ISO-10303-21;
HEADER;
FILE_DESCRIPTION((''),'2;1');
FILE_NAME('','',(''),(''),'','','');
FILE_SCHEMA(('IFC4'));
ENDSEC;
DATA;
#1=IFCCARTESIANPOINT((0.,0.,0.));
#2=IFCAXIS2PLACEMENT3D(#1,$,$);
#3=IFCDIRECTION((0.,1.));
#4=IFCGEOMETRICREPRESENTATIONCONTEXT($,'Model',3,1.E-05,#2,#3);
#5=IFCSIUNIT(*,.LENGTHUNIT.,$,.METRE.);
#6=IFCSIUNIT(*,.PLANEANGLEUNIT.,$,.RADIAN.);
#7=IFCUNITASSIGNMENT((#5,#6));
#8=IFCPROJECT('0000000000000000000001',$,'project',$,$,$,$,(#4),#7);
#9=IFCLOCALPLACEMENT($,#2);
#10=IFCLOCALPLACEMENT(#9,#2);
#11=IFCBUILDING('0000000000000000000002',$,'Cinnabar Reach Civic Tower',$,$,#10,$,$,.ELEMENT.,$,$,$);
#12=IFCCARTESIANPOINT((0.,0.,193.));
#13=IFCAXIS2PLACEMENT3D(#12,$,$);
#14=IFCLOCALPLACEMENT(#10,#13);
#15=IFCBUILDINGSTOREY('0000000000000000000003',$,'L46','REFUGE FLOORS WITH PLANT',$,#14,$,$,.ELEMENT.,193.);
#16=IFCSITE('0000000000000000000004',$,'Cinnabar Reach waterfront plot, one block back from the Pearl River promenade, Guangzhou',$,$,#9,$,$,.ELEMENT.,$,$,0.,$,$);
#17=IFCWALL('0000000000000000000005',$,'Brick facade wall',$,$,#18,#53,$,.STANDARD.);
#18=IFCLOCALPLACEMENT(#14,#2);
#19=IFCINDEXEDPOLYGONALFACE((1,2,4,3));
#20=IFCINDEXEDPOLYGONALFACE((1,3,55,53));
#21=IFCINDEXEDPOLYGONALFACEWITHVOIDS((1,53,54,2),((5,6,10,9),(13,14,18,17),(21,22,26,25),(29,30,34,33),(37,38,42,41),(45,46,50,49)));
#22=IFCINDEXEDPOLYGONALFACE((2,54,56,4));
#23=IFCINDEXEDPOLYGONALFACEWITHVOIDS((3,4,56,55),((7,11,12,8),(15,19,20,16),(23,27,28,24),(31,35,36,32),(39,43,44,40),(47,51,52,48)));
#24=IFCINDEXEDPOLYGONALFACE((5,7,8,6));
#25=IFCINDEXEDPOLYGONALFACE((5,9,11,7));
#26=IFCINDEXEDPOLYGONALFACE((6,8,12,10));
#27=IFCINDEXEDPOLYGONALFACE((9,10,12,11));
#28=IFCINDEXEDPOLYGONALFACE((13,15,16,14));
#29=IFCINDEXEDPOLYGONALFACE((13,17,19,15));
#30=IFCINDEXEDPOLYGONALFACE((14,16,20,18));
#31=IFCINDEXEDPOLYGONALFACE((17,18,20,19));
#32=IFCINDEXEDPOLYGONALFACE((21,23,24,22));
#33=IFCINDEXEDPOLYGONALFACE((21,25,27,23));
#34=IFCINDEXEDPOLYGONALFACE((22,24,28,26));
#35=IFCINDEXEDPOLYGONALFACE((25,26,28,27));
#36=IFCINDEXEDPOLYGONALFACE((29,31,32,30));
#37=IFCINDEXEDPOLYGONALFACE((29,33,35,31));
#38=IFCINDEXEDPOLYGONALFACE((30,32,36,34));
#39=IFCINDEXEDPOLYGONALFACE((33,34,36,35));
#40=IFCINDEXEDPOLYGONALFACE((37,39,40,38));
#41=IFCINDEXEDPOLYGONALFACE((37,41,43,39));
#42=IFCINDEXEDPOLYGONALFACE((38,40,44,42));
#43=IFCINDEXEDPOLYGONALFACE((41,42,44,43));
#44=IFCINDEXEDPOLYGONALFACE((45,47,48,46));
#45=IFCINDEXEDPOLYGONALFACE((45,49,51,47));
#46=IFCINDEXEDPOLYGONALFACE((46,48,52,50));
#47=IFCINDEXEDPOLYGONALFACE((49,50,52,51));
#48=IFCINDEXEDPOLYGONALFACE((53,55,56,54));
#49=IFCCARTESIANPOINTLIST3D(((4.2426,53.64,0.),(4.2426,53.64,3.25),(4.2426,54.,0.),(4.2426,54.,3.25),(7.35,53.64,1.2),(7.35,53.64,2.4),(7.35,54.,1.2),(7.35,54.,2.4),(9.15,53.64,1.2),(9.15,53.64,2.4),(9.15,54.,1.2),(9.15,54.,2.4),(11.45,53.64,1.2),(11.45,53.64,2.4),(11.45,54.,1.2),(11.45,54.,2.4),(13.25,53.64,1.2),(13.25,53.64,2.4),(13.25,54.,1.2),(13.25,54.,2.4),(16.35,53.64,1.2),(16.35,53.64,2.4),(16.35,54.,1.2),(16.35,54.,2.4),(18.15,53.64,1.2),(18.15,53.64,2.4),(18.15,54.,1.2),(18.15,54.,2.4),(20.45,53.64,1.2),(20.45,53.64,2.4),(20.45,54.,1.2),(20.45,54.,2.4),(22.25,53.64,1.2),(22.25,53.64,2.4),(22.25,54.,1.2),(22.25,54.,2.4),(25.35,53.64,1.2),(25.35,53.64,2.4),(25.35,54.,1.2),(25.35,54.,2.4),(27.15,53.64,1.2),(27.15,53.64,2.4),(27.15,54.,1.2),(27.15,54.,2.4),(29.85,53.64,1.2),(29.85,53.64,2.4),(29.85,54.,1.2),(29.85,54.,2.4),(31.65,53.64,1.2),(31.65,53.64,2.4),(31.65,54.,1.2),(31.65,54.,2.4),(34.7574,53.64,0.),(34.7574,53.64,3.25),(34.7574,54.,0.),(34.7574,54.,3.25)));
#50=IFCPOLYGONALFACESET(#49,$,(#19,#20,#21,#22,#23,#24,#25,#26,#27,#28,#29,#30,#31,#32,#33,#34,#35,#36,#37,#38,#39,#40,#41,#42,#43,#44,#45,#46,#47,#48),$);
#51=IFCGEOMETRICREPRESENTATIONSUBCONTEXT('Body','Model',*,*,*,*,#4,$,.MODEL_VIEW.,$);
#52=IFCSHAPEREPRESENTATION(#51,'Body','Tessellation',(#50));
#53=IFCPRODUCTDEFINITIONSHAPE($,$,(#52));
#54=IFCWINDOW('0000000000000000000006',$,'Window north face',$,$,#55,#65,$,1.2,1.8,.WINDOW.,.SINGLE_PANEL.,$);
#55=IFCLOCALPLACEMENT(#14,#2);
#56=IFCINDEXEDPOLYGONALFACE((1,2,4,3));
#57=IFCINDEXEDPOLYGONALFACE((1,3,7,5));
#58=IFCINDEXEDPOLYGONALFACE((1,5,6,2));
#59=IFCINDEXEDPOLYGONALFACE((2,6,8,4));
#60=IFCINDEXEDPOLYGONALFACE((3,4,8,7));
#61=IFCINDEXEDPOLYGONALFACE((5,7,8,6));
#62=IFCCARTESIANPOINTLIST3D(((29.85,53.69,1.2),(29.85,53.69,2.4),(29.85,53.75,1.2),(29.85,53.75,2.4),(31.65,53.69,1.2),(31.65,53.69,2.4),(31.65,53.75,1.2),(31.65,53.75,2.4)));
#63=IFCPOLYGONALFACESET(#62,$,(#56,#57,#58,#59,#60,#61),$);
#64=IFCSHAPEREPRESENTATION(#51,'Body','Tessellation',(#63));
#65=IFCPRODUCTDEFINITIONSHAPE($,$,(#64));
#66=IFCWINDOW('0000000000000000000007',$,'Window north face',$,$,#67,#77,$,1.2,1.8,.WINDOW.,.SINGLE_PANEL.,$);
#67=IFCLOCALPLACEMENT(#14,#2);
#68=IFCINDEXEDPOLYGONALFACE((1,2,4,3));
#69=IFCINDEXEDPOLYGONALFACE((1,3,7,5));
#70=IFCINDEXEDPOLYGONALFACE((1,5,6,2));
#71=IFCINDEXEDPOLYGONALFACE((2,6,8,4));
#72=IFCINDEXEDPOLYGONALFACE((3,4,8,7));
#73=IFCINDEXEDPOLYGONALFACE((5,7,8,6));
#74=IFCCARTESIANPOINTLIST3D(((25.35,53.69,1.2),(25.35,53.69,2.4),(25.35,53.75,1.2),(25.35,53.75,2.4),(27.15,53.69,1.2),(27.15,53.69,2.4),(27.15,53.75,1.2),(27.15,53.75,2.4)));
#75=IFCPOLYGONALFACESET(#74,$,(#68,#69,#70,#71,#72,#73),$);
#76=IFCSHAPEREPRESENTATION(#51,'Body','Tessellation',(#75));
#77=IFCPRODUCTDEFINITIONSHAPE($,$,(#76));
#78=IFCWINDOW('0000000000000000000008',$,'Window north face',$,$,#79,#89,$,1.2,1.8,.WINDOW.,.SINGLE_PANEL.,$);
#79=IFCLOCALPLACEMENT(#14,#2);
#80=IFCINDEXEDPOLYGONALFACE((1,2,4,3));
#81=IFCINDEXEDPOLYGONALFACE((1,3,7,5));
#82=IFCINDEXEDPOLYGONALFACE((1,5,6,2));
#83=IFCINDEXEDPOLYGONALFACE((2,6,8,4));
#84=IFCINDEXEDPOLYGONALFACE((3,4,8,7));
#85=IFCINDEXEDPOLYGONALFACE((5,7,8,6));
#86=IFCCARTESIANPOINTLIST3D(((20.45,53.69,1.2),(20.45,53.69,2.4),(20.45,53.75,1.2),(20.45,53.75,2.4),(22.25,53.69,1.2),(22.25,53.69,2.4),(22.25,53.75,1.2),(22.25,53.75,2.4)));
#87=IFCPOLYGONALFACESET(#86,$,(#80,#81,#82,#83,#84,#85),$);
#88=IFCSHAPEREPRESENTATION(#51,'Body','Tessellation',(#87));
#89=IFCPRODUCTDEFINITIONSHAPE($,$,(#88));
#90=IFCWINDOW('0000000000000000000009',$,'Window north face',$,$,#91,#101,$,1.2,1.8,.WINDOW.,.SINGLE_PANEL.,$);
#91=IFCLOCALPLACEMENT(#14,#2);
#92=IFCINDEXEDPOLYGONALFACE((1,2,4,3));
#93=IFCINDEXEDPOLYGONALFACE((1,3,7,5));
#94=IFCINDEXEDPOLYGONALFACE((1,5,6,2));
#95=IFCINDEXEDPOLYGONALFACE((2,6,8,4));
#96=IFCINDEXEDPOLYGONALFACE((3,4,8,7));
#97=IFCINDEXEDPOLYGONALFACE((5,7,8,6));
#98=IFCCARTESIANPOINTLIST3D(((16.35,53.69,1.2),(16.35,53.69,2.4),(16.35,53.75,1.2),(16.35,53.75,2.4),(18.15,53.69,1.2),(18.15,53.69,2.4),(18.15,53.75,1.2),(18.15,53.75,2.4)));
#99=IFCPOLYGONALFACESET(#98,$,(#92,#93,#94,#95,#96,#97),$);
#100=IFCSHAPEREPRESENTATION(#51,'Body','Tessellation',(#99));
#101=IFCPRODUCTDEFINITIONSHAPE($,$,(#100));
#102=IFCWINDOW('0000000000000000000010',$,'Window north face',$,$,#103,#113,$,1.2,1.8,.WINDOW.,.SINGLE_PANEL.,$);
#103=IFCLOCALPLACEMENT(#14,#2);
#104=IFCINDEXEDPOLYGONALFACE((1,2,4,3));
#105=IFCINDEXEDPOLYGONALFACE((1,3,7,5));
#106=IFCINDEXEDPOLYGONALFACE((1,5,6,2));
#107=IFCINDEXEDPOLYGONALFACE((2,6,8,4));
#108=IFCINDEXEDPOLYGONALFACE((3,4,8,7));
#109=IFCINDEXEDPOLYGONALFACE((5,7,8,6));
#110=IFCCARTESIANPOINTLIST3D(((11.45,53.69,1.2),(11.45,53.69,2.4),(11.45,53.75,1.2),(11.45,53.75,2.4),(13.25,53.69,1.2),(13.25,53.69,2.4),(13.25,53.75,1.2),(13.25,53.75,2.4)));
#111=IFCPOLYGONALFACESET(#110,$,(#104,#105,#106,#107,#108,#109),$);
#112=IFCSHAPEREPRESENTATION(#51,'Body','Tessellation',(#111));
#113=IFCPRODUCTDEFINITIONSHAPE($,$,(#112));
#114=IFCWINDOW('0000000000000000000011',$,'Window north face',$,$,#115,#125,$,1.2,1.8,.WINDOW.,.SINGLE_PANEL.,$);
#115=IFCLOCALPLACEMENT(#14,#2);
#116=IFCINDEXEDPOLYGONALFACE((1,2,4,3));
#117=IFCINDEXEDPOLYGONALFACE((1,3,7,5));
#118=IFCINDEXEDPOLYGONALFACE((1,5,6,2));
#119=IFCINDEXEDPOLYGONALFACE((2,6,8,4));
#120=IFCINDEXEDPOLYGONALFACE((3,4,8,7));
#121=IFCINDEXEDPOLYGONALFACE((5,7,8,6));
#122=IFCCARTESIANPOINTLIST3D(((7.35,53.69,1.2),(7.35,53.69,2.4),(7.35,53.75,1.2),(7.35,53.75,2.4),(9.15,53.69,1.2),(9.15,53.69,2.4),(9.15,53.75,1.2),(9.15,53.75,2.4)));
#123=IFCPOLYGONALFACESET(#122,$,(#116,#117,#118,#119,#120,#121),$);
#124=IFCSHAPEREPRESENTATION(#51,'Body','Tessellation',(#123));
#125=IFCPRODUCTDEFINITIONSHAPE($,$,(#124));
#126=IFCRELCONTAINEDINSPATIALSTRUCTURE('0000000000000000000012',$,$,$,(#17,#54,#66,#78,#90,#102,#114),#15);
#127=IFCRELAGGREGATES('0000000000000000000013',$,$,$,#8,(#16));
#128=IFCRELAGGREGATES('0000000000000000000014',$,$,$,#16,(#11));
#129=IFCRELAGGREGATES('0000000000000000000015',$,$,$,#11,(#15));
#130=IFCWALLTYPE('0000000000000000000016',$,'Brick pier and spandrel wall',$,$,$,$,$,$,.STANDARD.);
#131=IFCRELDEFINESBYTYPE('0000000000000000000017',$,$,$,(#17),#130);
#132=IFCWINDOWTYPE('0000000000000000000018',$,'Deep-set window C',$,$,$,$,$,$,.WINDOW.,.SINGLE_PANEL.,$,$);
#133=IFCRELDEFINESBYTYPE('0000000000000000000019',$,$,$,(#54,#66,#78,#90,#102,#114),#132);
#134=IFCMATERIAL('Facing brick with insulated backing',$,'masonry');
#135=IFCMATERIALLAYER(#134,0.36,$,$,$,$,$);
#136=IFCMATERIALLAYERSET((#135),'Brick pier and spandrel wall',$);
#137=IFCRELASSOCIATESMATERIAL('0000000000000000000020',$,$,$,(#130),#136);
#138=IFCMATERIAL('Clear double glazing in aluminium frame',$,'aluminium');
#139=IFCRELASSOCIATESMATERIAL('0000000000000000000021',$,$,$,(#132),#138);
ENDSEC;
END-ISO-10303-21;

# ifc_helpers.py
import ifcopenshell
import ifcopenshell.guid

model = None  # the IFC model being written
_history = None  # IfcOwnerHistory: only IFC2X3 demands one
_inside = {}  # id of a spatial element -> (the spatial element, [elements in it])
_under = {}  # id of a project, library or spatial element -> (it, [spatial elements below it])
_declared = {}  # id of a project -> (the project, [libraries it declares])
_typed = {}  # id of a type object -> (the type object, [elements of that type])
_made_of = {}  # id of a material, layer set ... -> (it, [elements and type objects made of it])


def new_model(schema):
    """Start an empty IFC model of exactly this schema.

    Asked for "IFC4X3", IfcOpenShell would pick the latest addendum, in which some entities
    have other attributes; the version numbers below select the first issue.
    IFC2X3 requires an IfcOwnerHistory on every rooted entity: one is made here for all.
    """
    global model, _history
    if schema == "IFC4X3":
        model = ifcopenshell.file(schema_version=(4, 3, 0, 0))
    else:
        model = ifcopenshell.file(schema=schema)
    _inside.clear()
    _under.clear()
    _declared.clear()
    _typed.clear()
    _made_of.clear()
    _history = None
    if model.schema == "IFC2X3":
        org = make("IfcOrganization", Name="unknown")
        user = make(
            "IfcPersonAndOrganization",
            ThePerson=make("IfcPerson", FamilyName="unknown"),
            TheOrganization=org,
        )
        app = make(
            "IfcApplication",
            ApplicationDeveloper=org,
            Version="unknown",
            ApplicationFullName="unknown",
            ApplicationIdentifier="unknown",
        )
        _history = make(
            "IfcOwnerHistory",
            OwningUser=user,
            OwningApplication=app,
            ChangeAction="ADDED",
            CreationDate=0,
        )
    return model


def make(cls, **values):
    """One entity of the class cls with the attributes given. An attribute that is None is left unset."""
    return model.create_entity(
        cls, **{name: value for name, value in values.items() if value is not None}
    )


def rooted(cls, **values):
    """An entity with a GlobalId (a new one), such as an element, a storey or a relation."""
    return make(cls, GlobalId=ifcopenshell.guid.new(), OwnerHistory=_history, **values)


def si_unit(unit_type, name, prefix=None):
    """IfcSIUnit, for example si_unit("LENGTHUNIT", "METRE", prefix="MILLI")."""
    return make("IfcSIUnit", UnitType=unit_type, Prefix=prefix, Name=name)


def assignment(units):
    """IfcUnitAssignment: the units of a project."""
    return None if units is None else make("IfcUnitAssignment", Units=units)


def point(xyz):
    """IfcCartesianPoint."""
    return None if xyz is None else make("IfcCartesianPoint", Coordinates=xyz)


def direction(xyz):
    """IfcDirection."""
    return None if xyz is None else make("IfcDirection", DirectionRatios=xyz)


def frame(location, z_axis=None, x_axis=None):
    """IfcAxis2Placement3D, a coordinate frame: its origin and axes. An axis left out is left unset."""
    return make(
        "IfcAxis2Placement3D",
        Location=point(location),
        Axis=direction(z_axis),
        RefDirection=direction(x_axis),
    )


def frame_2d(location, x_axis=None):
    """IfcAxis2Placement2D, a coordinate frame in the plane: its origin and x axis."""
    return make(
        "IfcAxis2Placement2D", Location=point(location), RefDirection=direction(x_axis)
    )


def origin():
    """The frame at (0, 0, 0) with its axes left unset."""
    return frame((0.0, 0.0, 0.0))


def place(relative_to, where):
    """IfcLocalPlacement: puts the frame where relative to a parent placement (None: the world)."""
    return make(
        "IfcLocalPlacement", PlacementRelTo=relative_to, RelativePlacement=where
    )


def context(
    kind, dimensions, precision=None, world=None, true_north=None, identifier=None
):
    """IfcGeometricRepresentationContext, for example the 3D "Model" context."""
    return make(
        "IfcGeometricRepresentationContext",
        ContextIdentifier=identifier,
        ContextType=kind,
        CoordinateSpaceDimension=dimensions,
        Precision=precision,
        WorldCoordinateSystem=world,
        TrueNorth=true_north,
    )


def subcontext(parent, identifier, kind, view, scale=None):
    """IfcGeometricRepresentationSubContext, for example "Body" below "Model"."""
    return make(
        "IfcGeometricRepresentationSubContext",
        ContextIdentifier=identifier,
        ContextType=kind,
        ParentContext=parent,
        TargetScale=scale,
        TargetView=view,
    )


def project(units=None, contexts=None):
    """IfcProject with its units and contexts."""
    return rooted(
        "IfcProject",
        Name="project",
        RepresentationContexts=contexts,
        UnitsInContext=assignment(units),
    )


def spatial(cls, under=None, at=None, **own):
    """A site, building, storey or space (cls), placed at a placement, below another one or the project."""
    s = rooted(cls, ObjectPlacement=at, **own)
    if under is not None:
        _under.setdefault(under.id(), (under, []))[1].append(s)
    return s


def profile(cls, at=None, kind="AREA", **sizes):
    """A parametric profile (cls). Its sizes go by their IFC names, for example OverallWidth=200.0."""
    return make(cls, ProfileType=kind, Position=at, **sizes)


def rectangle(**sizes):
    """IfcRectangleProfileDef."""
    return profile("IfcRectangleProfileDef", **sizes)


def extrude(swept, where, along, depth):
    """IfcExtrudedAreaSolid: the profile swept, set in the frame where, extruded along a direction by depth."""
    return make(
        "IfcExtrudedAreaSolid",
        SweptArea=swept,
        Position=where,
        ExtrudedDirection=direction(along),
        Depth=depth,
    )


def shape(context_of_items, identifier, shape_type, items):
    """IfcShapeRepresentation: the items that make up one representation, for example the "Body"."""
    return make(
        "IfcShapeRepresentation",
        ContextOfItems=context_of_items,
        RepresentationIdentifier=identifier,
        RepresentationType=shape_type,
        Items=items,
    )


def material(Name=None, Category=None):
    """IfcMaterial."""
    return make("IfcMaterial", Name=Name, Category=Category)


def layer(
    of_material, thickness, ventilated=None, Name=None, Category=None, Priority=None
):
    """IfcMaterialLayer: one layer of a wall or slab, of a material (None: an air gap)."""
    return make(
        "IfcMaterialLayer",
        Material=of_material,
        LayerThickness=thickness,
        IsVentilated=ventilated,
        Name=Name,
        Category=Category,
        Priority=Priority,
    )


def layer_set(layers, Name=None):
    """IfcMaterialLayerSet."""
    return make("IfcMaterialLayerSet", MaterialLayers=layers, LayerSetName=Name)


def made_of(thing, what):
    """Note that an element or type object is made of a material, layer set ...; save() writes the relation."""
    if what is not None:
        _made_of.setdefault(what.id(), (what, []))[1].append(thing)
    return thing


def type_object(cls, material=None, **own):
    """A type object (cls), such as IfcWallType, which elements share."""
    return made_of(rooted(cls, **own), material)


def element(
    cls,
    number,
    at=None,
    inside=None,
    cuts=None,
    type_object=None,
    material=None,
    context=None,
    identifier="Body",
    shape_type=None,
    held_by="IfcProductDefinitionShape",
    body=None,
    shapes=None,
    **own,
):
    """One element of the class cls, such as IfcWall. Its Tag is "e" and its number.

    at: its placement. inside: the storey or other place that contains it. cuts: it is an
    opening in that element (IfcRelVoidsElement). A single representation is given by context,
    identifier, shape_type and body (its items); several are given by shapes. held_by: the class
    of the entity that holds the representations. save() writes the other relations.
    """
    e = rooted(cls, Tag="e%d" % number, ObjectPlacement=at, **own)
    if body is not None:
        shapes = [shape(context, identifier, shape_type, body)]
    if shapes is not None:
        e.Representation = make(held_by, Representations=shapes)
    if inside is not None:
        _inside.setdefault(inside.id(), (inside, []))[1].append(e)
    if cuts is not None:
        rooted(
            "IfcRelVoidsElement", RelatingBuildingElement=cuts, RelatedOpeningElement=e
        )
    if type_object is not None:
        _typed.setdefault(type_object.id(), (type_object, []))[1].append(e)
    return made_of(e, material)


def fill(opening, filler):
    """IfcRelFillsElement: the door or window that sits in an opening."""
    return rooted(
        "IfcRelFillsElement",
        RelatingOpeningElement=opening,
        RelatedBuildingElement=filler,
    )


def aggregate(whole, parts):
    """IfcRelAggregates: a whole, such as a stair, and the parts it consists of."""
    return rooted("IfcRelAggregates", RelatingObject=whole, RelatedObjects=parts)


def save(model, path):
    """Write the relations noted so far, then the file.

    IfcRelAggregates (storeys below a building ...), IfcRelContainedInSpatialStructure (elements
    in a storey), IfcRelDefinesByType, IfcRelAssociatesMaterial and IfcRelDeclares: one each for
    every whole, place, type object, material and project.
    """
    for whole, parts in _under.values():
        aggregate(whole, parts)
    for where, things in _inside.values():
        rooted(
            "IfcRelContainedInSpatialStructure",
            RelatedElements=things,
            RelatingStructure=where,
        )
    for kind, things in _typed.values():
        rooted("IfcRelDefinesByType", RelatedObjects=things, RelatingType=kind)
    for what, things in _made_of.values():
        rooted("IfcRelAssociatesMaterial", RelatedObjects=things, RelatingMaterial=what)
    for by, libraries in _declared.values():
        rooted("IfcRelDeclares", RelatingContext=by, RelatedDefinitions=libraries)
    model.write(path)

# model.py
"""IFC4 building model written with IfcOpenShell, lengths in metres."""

from ifc_helpers import new_model, si_unit, direction, frame, frame_2d, origin, place, context, subcontext, project, spatial, rectangle, extrude, material, layer, layer_set, type_object, element, fill, save


model = new_model("IFC4")

# Units and contexts
model_context = context("Model", 3, precision=1e-05, world=origin(), true_north=direction((0.0, 1.0)))
body_context = subcontext(model_context, "Body", "Model", "MODEL_VIEW")
ifc_project = project(units=[si_unit("LENGTHUNIT", "METRE"), si_unit("PLANEANGLEUNIT", "RADIAN")], contexts=[model_context])

# Site, building, storey
site_placement = place(None, origin())
site = spatial("IfcSite", under=ifc_project, at=site_placement, Name="Cinnabar Reach waterfront plot, one block back from the Pearl River promenade, Guangzhou", CompositionType="ELEMENT", RefElevation=0.0)
building_placement = place(site_placement, origin())
building = spatial("IfcBuilding", under=site, at=building_placement, Name="Cinnabar Reach Civic Tower", CompositionType="ELEMENT")
storey_placement = place(building_placement, frame((0.0, 0.0, 193.0)))
storey = spatial("IfcBuildingStorey", under=building, at=storey_placement, Name="L46", Description="REFUGE FLOORS WITH PLANT", CompositionType="ELEMENT", Elevation=193.0)

# Shared definitions
ifc_material_1 = material(Name="Facing brick with insulated backing", Category="masonry")

# Shared definitions
ifc_layer_1 = layer(ifc_material_1, 0.36)
ifc_layer_set_1 = layer_set([ifc_layer_1], Name="Brick pier and spandrel wall")
wall_type_1 = type_object("IfcWallType", Name="Brick pier and spandrel wall", PredefinedType="STANDARD", material=ifc_layer_set_1)
ifc_material_2 = material(Name="Clear double glazing in aluminium frame", Category="aluminium")
window_type = type_object("IfcWindowType", Name="Deep-set window C", PartitioningType="SINGLE_PANEL", PredefinedType="WINDOW", material=ifc_material_2)

# Wall, openings, windows
wall_1_placement = place(storey_placement, frame((34.7574, 53.82, 0.0), z_axis=(0.0, 0.0, 1.0), x_axis=(-1.0, 0.0, 0.0)))
wall_1 = element("IfcWall", 1, at=wall_1_placement, inside=storey, type_object=wall_type_1, Name="Brick facade wall", PredefinedType="STANDARD", context=body_context, shape_type="SweptSolid", body=[
    extrude(rectangle(XDim=30.5148, YDim=0.36, at=frame_2d((15.2574, 0.0))), origin(), (0.0, 0.0, 1.0), 3.25),
])
opening_1_placement = place(wall_1_placement, frame((3.1074, 0.0, 1.2)))
opening_1 = element("IfcOpeningElement", 2, at=opening_1_placement, cuts=wall_1, PredefinedType="OPENING", context=body_context, shape_type="SweptSolid", body=[
    extrude(rectangle(XDim=1.8, YDim=1.2, at=frame_2d((0.9, 0.6))), frame((0.0, 0.19, 0.0), z_axis=(0.0, -1.0, 0.0), x_axis=(1.0, 0.0, 0.0)), (0.0, 0.0, 1.0), 0.38),
])
opening_2_placement = place(wall_1_placement, frame((7.6074, 0.0, 1.2)))
opening_2 = element("IfcOpeningElement", 3, at=opening_2_placement, cuts=wall_1, PredefinedType="OPENING", context=body_context, shape_type="SweptSolid", body=[
    extrude(rectangle(XDim=1.8, YDim=1.2, at=frame_2d((0.9, 0.6))), frame((0.0, 0.19, 0.0), z_axis=(0.0, -1.0, 0.0), x_axis=(1.0, 0.0, 0.0)), (0.0, 0.0, 1.0), 0.38),
])
opening_3_placement = place(wall_1_placement, frame((12.5074, 0.0, 1.2)))
opening_3 = element("IfcOpeningElement", 4, at=opening_3_placement, cuts=wall_1, PredefinedType="OPENING", context=body_context, shape_type="SweptSolid", body=[
    extrude(rectangle(XDim=1.8, YDim=1.2, at=frame_2d((0.9, 0.6))), frame((0.0, 0.19, 0.0), z_axis=(0.0, -1.0, 0.0), x_axis=(1.0, 0.0, 0.0)), (0.0, 0.0, 1.0), 0.38),
])
opening_4_placement = place(wall_1_placement, frame((16.6074, 0.0, 1.2)))
opening_4 = element("IfcOpeningElement", 5, at=opening_4_placement, cuts=wall_1, PredefinedType="OPENING", context=body_context, shape_type="SweptSolid", body=[
    extrude(rectangle(XDim=1.8, YDim=1.2, at=frame_2d((0.9, 0.6))), frame((0.0, 0.19, 0.0), z_axis=(0.0, -1.0, 0.0), x_axis=(1.0, 0.0, 0.0)), (0.0, 0.0, 1.0), 0.38),
])
opening_5_placement = place(wall_1_placement, frame((21.5074, 0.0, 1.2)))
opening_5 = element("IfcOpeningElement", 6, at=opening_5_placement, cuts=wall_1, PredefinedType="OPENING", context=body_context, shape_type="SweptSolid", body=[
    extrude(rectangle(XDim=1.8, YDim=1.2, at=frame_2d((0.9, 0.6))), frame((0.0, 0.19, 0.0), z_axis=(0.0, -1.0, 0.0), x_axis=(1.0, 0.0, 0.0)), (0.0, 0.0, 1.0), 0.38),
])
opening_6_placement = place(wall_1_placement, frame((25.6074, 0.0, 1.2)))
opening_6 = element("IfcOpeningElement", 7, at=opening_6_placement, cuts=wall_1, PredefinedType="OPENING", context=body_context, shape_type="SweptSolid", body=[
    extrude(rectangle(XDim=1.8, YDim=1.2, at=frame_2d((0.9, 0.6))), frame((0.0, 0.19, 0.0), z_axis=(0.0, -1.0, 0.0), x_axis=(1.0, 0.0, 0.0)), (0.0, 0.0, 1.0), 0.38),
])
window_1_placement = place(opening_1_placement, origin())
window_1 = element("IfcWindow", 8, at=window_1_placement, inside=storey, type_object=window_type, Name="Window north face", OverallHeight=1.2, OverallWidth=1.8, PartitioningType="SINGLE_PANEL", PredefinedType="WINDOW", context=body_context, shape_type="SweptSolid", body=[
    extrude(rectangle(XDim=1.8, YDim=1.2, at=frame_2d((0.9, 0.6))), frame((0.0, 0.13, 0.0), z_axis=(0.0, -1.0, 0.0), x_axis=(1.0, 0.0, 0.0)), (0.0, 0.0, 1.0), 0.06),
])
fill(opening_1, window_1)
window_2_placement = place(opening_2_placement, origin())
window_2 = element("IfcWindow", 9, at=window_2_placement, inside=storey, type_object=window_type, Name="Window north face", OverallHeight=1.2, OverallWidth=1.8, PartitioningType="SINGLE_PANEL", PredefinedType="WINDOW", context=body_context, shape_type="SweptSolid", body=[
    extrude(rectangle(XDim=1.8, YDim=1.2, at=frame_2d((0.9, 0.6))), frame((0.0, 0.13, 0.0), z_axis=(0.0, -1.0, 0.0), x_axis=(1.0, 0.0, 0.0)), (0.0, 0.0, 1.0), 0.06),
])
fill(opening_2, window_2)
window_3_placement = place(opening_3_placement, origin())
window_3 = element("IfcWindow", 10, at=window_3_placement, inside=storey, type_object=window_type, Name="Window north face", OverallHeight=1.2, OverallWidth=1.8, PartitioningType="SINGLE_PANEL", PredefinedType="WINDOW", context=body_context, shape_type="SweptSolid", body=[
    extrude(rectangle(XDim=1.8, YDim=1.2, at=frame_2d((0.9, 0.6))), frame((0.0, 0.13, 0.0), z_axis=(0.0, -1.0, 0.0), x_axis=(1.0, 0.0, 0.0)), (0.0, 0.0, 1.0), 0.06),
])
fill(opening_3, window_3)
window_4_placement = place(opening_4_placement, origin())
window_4 = element("IfcWindow", 11, at=window_4_placement, inside=storey, type_object=window_type, Name="Window north face", OverallHeight=1.2, OverallWidth=1.8, PartitioningType="SINGLE_PANEL", PredefinedType="WINDOW", context=body_context, shape_type="SweptSolid", body=[
    extrude(rectangle(XDim=1.8, YDim=1.2, at=frame_2d((0.9, 0.6))), frame((0.0, 0.13, 0.0), z_axis=(0.0, -1.0, 0.0), x_axis=(1.0, 0.0, 0.0)), (0.0, 0.0, 1.0), 0.06),
])
fill(opening_4, window_4)
window_5_placement = place(opening_5_placement, origin())
window_5 = element("IfcWindow", 12, at=window_5_placement, inside=storey, type_object=window_type, Name="Window north face", OverallHeight=1.2, OverallWidth=1.8, PartitioningType="SINGLE_PANEL", PredefinedType="WINDOW", context=body_context, shape_type="SweptSolid", body=[
    extrude(rectangle(XDim=1.8, YDim=1.2, at=frame_2d((0.9, 0.6))), frame((0.0, 0.13, 0.0), z_axis=(0.0, -1.0, 0.0), x_axis=(1.0, 0.0, 0.0)), (0.0, 0.0, 1.0), 0.06),
])
fill(opening_5, window_5)
window_6_placement = place(opening_6_placement, origin())
window_6 = element("IfcWindow", 13, at=window_6_placement, inside=storey, type_object=window_type, Name="Window north face", OverallHeight=1.2, OverallWidth=1.8, PartitioningType="SINGLE_PANEL", PredefinedType="WINDOW", context=body_context, shape_type="SweptSolid", body=[
    extrude(rectangle(XDim=1.8, YDim=1.2, at=frame_2d((0.9, 0.6))), frame((0.0, 0.13, 0.0), z_axis=(0.0, -1.0, 0.0), x_axis=(1.0, 0.0, 0.0)), (0.0, 0.0, 1.0), 0.06),
])
fill(opening_6, window_6)

save(model, "model.ifc")
